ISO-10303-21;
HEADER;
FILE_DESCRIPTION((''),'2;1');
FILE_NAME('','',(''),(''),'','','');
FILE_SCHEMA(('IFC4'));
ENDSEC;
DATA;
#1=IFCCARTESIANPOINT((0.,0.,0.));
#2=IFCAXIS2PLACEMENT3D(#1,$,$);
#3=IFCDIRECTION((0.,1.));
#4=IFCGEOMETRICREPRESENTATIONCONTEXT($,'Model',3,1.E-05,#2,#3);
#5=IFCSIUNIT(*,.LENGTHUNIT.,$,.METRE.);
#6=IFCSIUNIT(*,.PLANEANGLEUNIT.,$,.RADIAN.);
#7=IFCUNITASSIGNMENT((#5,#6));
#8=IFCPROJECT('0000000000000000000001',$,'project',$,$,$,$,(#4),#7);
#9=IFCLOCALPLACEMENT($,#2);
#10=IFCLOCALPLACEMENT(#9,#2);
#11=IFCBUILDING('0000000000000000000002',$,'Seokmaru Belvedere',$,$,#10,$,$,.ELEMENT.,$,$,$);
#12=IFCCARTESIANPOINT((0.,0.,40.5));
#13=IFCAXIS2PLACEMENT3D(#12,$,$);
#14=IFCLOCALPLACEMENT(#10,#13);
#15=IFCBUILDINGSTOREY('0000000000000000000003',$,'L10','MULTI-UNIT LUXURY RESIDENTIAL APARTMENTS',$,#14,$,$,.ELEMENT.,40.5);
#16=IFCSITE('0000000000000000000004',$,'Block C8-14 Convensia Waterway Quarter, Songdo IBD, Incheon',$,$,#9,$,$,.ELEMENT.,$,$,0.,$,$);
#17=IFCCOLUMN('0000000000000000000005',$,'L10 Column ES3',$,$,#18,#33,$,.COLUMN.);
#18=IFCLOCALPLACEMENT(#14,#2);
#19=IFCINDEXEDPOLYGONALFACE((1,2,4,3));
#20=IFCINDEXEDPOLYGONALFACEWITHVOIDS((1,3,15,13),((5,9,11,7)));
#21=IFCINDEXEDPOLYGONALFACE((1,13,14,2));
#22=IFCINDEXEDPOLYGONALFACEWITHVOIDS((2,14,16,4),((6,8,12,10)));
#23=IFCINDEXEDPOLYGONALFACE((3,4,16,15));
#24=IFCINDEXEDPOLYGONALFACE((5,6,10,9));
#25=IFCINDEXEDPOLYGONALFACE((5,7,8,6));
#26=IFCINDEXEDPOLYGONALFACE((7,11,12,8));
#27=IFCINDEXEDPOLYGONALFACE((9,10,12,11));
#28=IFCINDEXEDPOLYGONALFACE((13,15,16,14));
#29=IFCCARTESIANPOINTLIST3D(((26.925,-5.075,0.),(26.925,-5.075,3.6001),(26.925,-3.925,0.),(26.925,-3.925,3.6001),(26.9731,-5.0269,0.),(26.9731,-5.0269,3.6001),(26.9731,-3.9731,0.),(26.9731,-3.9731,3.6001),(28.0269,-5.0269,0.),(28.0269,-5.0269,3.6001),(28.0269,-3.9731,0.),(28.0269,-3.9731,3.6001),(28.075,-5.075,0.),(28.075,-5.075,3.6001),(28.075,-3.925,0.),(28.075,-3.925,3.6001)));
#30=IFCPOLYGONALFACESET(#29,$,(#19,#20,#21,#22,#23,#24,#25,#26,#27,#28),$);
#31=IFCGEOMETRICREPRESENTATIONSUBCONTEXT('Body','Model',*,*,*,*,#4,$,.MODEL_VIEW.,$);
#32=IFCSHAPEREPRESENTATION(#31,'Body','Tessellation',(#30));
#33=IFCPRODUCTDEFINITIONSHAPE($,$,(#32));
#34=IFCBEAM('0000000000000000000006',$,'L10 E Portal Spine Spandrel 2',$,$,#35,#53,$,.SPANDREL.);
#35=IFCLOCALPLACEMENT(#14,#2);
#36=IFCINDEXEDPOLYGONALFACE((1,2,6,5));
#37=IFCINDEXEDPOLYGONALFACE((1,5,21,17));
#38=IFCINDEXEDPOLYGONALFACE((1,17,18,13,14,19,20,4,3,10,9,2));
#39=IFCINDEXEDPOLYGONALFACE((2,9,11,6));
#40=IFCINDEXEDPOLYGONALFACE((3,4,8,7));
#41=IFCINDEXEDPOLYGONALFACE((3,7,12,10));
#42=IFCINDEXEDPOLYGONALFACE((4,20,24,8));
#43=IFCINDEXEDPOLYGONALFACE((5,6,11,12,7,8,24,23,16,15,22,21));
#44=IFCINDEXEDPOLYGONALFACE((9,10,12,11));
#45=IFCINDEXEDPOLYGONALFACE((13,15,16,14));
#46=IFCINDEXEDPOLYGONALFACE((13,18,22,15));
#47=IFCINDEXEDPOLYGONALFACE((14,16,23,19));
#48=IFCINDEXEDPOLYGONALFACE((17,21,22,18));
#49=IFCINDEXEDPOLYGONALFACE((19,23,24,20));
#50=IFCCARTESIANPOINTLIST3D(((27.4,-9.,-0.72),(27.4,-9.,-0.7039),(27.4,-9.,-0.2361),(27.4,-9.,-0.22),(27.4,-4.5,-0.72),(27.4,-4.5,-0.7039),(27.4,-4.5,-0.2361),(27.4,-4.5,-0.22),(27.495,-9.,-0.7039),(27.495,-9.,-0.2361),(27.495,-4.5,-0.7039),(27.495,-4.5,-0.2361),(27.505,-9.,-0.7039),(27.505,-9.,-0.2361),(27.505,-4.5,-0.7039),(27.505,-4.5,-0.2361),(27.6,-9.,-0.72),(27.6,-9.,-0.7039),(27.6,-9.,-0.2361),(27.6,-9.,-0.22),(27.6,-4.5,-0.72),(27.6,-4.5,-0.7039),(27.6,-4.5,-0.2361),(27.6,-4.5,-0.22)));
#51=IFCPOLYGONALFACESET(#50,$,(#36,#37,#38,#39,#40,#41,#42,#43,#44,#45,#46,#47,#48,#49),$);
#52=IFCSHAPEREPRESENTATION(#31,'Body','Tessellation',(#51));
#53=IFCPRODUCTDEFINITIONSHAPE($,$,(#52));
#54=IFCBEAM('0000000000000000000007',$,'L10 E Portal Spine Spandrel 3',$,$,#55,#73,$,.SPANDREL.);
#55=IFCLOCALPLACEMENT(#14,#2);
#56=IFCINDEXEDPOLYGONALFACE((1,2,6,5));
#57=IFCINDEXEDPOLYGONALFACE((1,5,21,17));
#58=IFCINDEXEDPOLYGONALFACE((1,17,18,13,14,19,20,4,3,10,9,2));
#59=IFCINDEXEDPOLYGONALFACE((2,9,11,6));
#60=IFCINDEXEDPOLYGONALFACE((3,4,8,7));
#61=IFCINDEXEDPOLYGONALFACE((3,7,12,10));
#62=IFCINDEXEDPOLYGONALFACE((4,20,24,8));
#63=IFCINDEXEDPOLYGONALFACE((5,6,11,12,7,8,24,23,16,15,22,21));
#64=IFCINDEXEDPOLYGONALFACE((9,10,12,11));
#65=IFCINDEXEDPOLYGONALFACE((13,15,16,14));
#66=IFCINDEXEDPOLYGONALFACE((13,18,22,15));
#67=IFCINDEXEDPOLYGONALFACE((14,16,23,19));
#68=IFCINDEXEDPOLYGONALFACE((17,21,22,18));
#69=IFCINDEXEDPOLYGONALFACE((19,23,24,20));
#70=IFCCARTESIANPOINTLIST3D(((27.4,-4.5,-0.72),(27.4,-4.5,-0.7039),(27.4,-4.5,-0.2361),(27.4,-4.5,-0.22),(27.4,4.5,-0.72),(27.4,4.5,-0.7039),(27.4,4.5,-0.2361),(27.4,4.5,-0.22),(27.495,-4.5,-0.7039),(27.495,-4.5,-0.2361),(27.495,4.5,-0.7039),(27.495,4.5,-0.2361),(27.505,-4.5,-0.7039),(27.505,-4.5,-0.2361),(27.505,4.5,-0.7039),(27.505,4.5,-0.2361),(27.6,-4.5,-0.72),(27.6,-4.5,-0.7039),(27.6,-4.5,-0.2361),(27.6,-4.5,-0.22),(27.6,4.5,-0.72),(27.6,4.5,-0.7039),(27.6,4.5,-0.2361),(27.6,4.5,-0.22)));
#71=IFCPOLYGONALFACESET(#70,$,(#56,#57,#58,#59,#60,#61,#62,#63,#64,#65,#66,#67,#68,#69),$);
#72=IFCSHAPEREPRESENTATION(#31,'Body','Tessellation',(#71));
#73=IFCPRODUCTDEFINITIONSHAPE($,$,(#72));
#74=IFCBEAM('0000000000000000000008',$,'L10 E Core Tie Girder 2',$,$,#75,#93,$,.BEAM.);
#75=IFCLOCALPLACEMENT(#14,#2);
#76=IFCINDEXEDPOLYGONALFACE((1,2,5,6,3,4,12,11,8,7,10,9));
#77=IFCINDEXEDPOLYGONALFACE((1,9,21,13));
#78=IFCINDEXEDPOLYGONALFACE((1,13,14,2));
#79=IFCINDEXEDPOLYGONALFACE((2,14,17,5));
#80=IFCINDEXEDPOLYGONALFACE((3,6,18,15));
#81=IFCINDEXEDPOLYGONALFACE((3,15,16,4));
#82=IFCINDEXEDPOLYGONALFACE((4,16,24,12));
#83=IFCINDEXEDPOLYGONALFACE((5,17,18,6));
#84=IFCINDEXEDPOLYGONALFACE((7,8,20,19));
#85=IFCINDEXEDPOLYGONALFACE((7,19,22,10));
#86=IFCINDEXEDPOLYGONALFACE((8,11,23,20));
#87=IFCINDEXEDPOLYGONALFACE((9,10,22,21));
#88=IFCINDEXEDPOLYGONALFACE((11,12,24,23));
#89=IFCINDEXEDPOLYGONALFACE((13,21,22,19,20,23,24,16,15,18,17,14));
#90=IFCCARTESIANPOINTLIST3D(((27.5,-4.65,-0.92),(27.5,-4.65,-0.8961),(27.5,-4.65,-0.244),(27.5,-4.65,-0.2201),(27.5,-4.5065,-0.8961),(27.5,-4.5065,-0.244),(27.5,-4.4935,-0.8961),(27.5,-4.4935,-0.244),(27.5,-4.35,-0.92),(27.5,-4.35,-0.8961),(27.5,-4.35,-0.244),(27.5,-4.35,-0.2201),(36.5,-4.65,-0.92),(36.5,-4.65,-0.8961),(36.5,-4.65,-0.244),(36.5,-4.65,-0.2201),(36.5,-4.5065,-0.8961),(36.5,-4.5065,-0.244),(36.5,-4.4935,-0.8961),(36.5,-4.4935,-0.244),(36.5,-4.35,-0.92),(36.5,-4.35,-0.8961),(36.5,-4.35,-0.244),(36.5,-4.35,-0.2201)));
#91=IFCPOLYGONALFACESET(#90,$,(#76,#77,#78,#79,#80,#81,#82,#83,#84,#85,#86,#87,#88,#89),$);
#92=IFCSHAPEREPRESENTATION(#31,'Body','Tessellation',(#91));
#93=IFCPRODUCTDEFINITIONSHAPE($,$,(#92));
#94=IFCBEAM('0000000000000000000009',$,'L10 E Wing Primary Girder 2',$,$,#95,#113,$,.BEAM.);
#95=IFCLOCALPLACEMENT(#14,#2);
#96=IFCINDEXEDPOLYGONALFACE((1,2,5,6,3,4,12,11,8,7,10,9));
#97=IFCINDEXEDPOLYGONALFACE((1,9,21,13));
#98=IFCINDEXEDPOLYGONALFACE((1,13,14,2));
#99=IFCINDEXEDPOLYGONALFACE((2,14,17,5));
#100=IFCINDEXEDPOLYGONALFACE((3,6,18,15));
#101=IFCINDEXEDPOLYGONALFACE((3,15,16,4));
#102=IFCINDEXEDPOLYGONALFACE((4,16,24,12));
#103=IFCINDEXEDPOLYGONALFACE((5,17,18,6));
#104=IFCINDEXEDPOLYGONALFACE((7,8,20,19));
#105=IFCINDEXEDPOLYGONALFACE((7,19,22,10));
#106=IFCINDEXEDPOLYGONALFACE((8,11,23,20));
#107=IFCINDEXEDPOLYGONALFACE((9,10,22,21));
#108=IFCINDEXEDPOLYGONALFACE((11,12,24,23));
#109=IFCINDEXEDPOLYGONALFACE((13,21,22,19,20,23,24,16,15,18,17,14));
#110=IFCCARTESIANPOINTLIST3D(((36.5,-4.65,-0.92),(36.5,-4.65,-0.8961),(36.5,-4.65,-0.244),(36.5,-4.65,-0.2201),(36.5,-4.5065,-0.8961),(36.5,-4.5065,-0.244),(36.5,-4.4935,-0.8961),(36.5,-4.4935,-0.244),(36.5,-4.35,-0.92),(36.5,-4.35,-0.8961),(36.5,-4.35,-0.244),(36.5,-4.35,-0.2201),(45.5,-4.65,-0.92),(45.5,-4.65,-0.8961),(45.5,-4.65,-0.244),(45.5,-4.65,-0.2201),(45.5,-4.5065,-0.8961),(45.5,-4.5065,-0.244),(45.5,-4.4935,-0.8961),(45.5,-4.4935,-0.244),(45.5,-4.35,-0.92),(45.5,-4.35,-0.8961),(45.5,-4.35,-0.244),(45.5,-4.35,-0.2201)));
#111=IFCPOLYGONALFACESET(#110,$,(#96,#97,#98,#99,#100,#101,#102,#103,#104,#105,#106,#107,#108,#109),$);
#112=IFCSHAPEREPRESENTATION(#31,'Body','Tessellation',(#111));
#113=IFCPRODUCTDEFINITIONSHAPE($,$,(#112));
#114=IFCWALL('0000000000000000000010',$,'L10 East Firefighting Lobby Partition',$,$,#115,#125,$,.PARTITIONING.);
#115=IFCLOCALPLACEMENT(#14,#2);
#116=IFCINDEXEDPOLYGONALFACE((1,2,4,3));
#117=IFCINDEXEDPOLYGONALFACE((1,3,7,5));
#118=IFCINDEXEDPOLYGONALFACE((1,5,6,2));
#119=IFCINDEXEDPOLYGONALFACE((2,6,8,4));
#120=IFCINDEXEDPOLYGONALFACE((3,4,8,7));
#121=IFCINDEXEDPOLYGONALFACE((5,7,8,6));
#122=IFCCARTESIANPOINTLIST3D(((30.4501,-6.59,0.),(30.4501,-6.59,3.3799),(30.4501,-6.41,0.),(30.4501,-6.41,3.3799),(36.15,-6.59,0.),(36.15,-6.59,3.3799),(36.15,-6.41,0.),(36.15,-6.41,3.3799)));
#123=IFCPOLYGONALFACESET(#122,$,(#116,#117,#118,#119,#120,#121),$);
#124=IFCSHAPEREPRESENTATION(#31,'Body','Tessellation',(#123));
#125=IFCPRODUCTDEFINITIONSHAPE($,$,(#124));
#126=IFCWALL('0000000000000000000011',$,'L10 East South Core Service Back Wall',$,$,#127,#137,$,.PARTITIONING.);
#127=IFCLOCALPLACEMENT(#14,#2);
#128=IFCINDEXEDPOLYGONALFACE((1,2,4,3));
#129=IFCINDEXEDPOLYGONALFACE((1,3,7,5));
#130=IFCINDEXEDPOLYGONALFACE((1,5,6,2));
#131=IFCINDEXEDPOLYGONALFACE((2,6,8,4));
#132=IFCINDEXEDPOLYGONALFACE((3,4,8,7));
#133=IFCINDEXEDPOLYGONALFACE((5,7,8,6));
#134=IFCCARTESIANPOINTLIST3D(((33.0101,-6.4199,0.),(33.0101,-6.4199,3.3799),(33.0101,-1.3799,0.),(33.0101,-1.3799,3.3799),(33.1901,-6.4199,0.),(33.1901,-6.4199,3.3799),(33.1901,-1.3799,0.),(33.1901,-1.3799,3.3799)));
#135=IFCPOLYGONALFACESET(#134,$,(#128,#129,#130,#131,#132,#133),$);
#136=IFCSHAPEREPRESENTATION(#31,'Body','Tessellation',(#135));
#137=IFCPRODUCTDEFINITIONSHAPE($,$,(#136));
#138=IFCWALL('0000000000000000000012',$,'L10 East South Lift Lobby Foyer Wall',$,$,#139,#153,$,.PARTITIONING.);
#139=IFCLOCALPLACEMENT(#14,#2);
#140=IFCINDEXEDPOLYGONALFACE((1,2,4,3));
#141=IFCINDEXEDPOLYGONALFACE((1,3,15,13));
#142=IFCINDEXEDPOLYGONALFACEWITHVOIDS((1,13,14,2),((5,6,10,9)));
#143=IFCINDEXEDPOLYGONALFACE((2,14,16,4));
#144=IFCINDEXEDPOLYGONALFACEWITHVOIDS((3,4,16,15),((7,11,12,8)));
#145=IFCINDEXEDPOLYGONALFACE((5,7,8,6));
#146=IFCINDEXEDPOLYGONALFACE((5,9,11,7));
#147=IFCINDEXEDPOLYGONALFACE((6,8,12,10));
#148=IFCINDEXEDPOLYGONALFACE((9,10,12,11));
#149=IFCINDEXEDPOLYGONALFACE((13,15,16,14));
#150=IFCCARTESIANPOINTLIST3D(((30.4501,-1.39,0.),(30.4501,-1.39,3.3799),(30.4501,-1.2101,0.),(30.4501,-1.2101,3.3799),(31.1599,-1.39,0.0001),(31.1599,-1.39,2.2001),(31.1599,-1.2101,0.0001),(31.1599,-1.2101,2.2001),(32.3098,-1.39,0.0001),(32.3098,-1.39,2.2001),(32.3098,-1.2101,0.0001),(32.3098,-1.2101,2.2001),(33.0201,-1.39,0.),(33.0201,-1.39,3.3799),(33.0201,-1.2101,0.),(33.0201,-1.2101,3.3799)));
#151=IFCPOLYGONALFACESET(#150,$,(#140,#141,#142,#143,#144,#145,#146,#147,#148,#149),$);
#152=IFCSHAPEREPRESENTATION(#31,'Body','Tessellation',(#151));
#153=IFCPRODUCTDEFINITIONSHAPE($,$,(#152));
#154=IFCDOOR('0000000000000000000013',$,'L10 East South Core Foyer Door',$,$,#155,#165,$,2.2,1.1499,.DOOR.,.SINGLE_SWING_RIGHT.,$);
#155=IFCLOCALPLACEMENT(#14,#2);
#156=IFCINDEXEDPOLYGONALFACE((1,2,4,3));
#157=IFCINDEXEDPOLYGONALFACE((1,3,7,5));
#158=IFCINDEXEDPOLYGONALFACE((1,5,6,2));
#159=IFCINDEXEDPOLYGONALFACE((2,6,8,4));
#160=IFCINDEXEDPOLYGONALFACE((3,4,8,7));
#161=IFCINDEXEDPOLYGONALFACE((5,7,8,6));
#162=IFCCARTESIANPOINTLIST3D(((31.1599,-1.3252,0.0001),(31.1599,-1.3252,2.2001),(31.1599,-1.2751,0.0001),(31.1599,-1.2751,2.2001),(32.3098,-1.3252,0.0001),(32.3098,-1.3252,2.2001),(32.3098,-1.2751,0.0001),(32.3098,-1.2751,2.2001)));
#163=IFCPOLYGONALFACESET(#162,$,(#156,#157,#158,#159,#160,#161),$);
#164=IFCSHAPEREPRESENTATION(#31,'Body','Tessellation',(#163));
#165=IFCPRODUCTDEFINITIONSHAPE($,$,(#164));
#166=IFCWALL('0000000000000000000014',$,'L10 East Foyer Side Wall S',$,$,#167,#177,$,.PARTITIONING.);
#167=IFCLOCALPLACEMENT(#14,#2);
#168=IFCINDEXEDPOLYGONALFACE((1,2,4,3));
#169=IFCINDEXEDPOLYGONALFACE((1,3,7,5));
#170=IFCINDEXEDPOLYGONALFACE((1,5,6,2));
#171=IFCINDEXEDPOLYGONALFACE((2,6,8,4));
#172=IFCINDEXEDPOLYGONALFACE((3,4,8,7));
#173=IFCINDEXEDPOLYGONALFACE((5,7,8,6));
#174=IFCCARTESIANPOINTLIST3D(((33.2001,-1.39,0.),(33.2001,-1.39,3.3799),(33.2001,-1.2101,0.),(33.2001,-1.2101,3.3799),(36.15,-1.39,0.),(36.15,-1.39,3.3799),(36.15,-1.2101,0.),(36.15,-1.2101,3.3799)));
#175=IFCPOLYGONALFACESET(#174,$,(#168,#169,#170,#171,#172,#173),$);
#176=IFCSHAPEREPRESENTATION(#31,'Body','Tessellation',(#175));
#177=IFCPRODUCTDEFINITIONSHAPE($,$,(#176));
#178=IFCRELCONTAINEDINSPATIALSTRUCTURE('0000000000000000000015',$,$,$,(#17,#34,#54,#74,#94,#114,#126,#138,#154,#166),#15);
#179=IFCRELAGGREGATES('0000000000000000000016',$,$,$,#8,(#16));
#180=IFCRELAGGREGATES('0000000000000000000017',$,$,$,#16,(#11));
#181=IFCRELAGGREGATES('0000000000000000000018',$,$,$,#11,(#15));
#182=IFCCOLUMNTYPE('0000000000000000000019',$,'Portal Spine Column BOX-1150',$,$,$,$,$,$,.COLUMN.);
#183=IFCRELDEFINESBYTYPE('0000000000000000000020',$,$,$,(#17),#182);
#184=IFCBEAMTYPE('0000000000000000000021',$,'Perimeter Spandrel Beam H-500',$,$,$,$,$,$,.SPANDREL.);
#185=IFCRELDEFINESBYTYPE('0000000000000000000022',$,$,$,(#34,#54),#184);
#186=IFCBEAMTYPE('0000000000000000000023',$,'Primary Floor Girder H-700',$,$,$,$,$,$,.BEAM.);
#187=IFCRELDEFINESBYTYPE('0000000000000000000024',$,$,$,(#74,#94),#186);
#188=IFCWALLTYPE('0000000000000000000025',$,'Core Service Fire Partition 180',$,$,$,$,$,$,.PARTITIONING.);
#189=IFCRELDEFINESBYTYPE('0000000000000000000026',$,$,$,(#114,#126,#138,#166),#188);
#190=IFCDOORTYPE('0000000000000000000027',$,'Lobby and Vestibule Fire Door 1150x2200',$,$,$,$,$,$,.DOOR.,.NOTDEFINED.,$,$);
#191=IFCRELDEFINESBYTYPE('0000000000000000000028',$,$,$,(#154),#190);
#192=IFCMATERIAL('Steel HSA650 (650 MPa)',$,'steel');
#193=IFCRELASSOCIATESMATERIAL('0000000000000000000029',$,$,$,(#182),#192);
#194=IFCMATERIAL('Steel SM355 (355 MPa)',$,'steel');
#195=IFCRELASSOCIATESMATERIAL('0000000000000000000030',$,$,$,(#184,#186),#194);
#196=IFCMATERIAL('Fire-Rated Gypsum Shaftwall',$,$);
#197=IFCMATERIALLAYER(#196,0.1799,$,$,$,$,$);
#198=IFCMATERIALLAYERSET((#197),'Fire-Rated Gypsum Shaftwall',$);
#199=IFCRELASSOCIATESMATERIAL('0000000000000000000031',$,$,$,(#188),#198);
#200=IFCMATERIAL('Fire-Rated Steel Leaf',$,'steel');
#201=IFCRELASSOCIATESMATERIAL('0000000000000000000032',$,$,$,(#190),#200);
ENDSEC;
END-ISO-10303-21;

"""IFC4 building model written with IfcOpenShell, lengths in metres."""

from ifc_helpers import new_model, si_unit, direction, frame, frame_2d, origin, origin_2d, place, context, subcontext, project, spatial, rectangle, hollow_rectangle, i_section, extrude, source, transform, mapped, material, layer, layer_set, material_profile, profile_set, type_object, type_shapes, element, fill, save


model = new_model("IFC4")

# Units and contexts
model_context = context("Model", 3, precision=1e-05, world=origin(), true_north=direction((0.0, 1.0)))
body_context = subcontext(model_context, "Body", "Model", "MODEL_VIEW")
ifc_project = project(units=[si_unit("LENGTHUNIT", "METRE"), si_unit("PLANEANGLEUNIT", "RADIAN")], contexts=[model_context])

# Site, building, storey
site_placement = place(None, origin())
site = spatial("IfcSite", under=ifc_project, at=site_placement, Name="Block C8-14 Convensia Waterway Quarter, Songdo IBD, Incheon", CompositionType="ELEMENT", RefElevation=0.0)
building_placement = place(site_placement, origin())
building = spatial("IfcBuilding", under=site, at=building_placement, Name="Seokmaru Belvedere", CompositionType="ELEMENT")
storey_placement = place(building_placement, frame((0.0, 0.0, 40.5)))
storey = spatial("IfcBuildingStorey", under=building, at=storey_placement, Name="L10", Description="MULTI-UNIT LUXURY RESIDENTIAL APARTMENTS", CompositionType="ELEMENT", Elevation=40.5)

# Column
ifc_material_1 = material(Name="Steel HSA650 (650 MPa)", Category="steel")
ifc_material_profile_1 = material_profile(ifc_material_1, hollow_rectangle(XDim=1.1499, YDim=1.1499, WallThickness=0.0481, at=origin_2d()), Name="BOX-1150x1150x48")
ifc_profile_set_1 = profile_set([ifc_material_profile_1], Name="Steel HSA650 (650 MPa)")
column_type = type_object("IfcColumnType", Name="Portal Spine Column BOX-1150", PredefinedType="COLUMN", material=ifc_profile_set_1)
shared_shape_1 = source(origin(), body_context, "Body", "SweptSolid", [
    extrude(hollow_rectangle(XDim=1.1499, YDim=1.1499, WallThickness=0.0481, at=origin_2d()), origin(), (0.0, 0.0, 1.0), 3.6001),
])
type_shapes(column_type, [shared_shape_1])
column_placement = place(storey_placement, frame((27.5, -4.5, 0.0), z_axis=(0.0, 0.0, 1.0), x_axis=(1.0, 0.0, 0.0)))
element("IfcColumn", 1, at=column_placement, inside=storey, type_object=column_type, Name="L10 Column ES3", PredefinedType="COLUMN", context=body_context, shape_type="MappedRepresentation", body=[
    mapped(shared_shape_1, transform((0.0, 0.0, 0.0), scale=1.0)),
])

# Beams
ifc_material_2 = material(Name="Steel SM355 (355 MPa)", Category="steel")
ifc_material_profile_2 = material_profile(ifc_material_2, i_section(OverallWidth=0.2, OverallDepth=0.5, WebThickness=0.01, FlangeThickness=0.0161, at=origin_2d()), Name="H-500x200x10x16")
ifc_profile_set_2 = profile_set([ifc_material_profile_2], Name="Steel SM355 (355 MPa)")
beam_type_1 = type_object("IfcBeamType", Name="Perimeter Spandrel Beam H-500", PredefinedType="SPANDREL", material=ifc_profile_set_2)
shared_shape_2 = source(origin(), body_context, "Body", "SweptSolid", [
    extrude(i_section(OverallWidth=0.2, OverallDepth=0.5, WebThickness=0.01, FlangeThickness=0.0161, at=origin_2d()), origin(), (0.0, 0.0, 1.0), 4.5),
])
beam_1_placement = place(storey_placement, frame((27.5, -9.0, -0.47), z_axis=(0.0, 1.0, 0.0), x_axis=(-1.0, 0.0, 0.0)))
element("IfcBeam", 2, at=beam_1_placement, inside=storey, type_object=beam_type_1, Name="L10 E Portal Spine Spandrel 2", PredefinedType="SPANDREL", context=body_context, shape_type="MappedRepresentation", body=[
    mapped(shared_shape_2, transform((0.0, 0.0, 0.0), scale=1.0)),
])
shared_shape_3 = source(origin(), body_context, "Body", "SweptSolid", [
    extrude(i_section(OverallWidth=0.2, OverallDepth=0.5, WebThickness=0.01, FlangeThickness=0.0161, at=origin_2d()), origin(), (0.0, 0.0, 1.0), 9.0),
])
type_shapes(beam_type_1, [shared_shape_2, shared_shape_3])
beam_2_placement = place(storey_placement, frame((27.5, -4.5, -0.47), z_axis=(0.0, 1.0, 0.0), x_axis=(-1.0, 0.0, 0.0)))
element("IfcBeam", 3, at=beam_2_placement, inside=storey, type_object=beam_type_1, Name="L10 E Portal Spine Spandrel 3", PredefinedType="SPANDREL", context=body_context, shape_type="MappedRepresentation", body=[
    mapped(shared_shape_3, transform((0.0, 0.0, 0.0), scale=1.0)),
])
ifc_material_profile_3 = material_profile(ifc_material_2, i_section(OverallWidth=0.3, OverallDepth=0.7, WebThickness=0.0129, FlangeThickness=0.0239, at=origin_2d()), Name="H-700x300x13x24")
ifc_profile_set_3 = profile_set([ifc_material_profile_3], Name="Steel SM355 (355 MPa)")
beam_type_2 = type_object("IfcBeamType", Name="Primary Floor Girder H-700", PredefinedType="BEAM", material=ifc_profile_set_3)
shared_shape_4 = source(origin(), body_context, "Body", "SweptSolid", [
    extrude(i_section(OverallWidth=0.3, OverallDepth=0.7, WebThickness=0.0129, FlangeThickness=0.0239, at=origin_2d()), origin(), (0.0, 0.0, 1.0), 9.0),
])
type_shapes(beam_type_2, [shared_shape_4])
for number, where, z_axis, x_axis, name in (
    (4, (27.5, -4.5, -0.5701), (1.0, 0.0, 0.0), (0.0, 1.0, 0.0), "L10 E Core Tie Girder 2"),
    (5, (36.5, -4.5, -0.5701), (1.0, 0.0, 0.0), (0.0, 1.0, 0.0), "L10 E Wing Primary Girder 2"),
):
    element("IfcBeam", number, at=place(storey_placement, frame(where, z_axis=z_axis, x_axis=x_axis)), inside=storey, type_object=beam_type_2, Name=name, PredefinedType="BEAM", context=body_context, shape_type="MappedRepresentation", body=[
        mapped(shared_shape_4, transform((0.0, 0.0, 0.0), scale=1.0)),
    ])

# Walls
ifc_material_3 = material(Name="Fire-Rated Gypsum Shaftwall")
ifc_layer_1 = layer(ifc_material_3, 0.1799)
ifc_layer_set_1 = layer_set([ifc_layer_1], Name="Fire-Rated Gypsum Shaftwall")
wall_type_1 = type_object("IfcWallType", Name="Core Service Fire Partition 180", PredefinedType="PARTITIONING", material=ifc_layer_set_1)
wall_1_placement = place(storey_placement, frame((30.45, -6.5, 0.0), z_axis=(0.0, 0.0, 1.0), x_axis=(1.0, 0.0, 0.0)))
element("IfcWall", 6, at=wall_1_placement, inside=storey, type_object=wall_type_1, Name="L10 East Firefighting Lobby Partition", PredefinedType="PARTITIONING", context=body_context, shape_type="SweptSolid", body=[
    extrude(rectangle(XDim=5.7, YDim=0.1799, at=frame_2d((2.8501, 0.0))), origin(), (0.0, 0.0, 1.0), 3.3799),
])
wall_2_placement = place(storey_placement, frame((33.1001, -6.4199, 0.0), z_axis=(0.0, 0.0, 1.0), x_axis=(0.0, 1.0, 0.0)))
element("IfcWall", 7, at=wall_2_placement, inside=storey, type_object=wall_type_1, Name="L10 East South Core Service Back Wall", PredefinedType="PARTITIONING", context=body_context, shape_type="SweptSolid", body=[
    extrude(rectangle(XDim=5.04, YDim=0.1799, at=frame_2d((2.52, 0.0))), origin(), (0.0, 0.0, 1.0), 3.3799),
])

# Wall, opening, door
wall_3_placement = place(storey_placement, frame((30.45, -1.3, 0.0), z_axis=(0.0, 0.0, 1.0), x_axis=(1.0, 0.0, 0.0)))
wall_3 = element("IfcWall", 8, at=wall_3_placement, inside=storey, type_object=wall_type_1, Name="L10 East South Lift Lobby Foyer Wall", PredefinedType="PARTITIONING", context=body_context, shape_type="SweptSolid", body=[
    extrude(rectangle(XDim=2.5701, YDim=0.1799, at=frame_2d((1.2852, 0.0))), origin(), (0.0, 0.0, 1.0), 3.3799),
])
opening_1_placement = place(wall_3_placement, frame((0.71, 0.0, 0.0)))
opening_1 = element("IfcOpeningElement", 9, at=opening_1_placement, cuts=wall_3, PredefinedType="OPENING", context=body_context, shape_type="SweptSolid", body=[
    extrude(rectangle(XDim=1.1499, YDim=2.2, at=frame_2d((0.575, 1.1001))), frame((0.0, 0.1001, 0.0), z_axis=(0.0, -1.0, 0.0), x_axis=(1.0, 0.0, 0.0)), (0.0, 0.0, 1.0), 0.2),
])
ifc_material_4 = material(Name="Fire-Rated Steel Leaf", Category="steel")
door_type_1 = type_object("IfcDoorType", Name="Lobby and Vestibule Fire Door 1150x2200", OperationType="NOTDEFINED", PredefinedType="DOOR", material=ifc_material_4)
shared_shape_5 = source(origin(), body_context, "Body", "SweptSolid", [
    extrude(rectangle(XDim=1.1499, YDim=2.2, at=frame_2d((0.575, 1.1001))), frame((0.0, 0.0249, 0.0), z_axis=(0.0, -1.0, 0.0), x_axis=(1.0, 0.0, 0.0)), (0.0, 0.0, 1.0), 0.05),
])
type_shapes(door_type_1, [shared_shape_5])
door_1_placement = place(opening_1_placement, origin())
door_1 = element("IfcDoor", 10, at=door_1_placement, inside=storey, type_object=door_type_1, Name="L10 East South Core Foyer Door", OperationType="SINGLE_SWING_RIGHT", OverallHeight=2.2, OverallWidth=1.1499, PredefinedType="DOOR", context=body_context, shape_type="MappedRepresentation", body=[
    mapped(shared_shape_5, transform((0.0, 0.0, 0.0), scale=1.0)),
])
fill(opening_1, door_1)

# Wall
wall_4_placement = place(storey_placement, frame((33.2, -1.3, 0.0), z_axis=(0.0, 0.0, 1.0), x_axis=(1.0, 0.0, 0.0)))
element("IfcWall", 11, at=wall_4_placement, inside=storey, type_object=wall_type_1, Name="L10 East Foyer Side Wall S", PredefinedType="PARTITIONING", context=body_context, shape_type="SweptSolid", body=[
    extrude(rectangle(XDim=2.95, YDim=0.1799, at=frame_2d((1.4751, 0.0))), origin(), (0.0, 0.0, 1.0), 3.3799),
])

save(model, "model.ifc")
